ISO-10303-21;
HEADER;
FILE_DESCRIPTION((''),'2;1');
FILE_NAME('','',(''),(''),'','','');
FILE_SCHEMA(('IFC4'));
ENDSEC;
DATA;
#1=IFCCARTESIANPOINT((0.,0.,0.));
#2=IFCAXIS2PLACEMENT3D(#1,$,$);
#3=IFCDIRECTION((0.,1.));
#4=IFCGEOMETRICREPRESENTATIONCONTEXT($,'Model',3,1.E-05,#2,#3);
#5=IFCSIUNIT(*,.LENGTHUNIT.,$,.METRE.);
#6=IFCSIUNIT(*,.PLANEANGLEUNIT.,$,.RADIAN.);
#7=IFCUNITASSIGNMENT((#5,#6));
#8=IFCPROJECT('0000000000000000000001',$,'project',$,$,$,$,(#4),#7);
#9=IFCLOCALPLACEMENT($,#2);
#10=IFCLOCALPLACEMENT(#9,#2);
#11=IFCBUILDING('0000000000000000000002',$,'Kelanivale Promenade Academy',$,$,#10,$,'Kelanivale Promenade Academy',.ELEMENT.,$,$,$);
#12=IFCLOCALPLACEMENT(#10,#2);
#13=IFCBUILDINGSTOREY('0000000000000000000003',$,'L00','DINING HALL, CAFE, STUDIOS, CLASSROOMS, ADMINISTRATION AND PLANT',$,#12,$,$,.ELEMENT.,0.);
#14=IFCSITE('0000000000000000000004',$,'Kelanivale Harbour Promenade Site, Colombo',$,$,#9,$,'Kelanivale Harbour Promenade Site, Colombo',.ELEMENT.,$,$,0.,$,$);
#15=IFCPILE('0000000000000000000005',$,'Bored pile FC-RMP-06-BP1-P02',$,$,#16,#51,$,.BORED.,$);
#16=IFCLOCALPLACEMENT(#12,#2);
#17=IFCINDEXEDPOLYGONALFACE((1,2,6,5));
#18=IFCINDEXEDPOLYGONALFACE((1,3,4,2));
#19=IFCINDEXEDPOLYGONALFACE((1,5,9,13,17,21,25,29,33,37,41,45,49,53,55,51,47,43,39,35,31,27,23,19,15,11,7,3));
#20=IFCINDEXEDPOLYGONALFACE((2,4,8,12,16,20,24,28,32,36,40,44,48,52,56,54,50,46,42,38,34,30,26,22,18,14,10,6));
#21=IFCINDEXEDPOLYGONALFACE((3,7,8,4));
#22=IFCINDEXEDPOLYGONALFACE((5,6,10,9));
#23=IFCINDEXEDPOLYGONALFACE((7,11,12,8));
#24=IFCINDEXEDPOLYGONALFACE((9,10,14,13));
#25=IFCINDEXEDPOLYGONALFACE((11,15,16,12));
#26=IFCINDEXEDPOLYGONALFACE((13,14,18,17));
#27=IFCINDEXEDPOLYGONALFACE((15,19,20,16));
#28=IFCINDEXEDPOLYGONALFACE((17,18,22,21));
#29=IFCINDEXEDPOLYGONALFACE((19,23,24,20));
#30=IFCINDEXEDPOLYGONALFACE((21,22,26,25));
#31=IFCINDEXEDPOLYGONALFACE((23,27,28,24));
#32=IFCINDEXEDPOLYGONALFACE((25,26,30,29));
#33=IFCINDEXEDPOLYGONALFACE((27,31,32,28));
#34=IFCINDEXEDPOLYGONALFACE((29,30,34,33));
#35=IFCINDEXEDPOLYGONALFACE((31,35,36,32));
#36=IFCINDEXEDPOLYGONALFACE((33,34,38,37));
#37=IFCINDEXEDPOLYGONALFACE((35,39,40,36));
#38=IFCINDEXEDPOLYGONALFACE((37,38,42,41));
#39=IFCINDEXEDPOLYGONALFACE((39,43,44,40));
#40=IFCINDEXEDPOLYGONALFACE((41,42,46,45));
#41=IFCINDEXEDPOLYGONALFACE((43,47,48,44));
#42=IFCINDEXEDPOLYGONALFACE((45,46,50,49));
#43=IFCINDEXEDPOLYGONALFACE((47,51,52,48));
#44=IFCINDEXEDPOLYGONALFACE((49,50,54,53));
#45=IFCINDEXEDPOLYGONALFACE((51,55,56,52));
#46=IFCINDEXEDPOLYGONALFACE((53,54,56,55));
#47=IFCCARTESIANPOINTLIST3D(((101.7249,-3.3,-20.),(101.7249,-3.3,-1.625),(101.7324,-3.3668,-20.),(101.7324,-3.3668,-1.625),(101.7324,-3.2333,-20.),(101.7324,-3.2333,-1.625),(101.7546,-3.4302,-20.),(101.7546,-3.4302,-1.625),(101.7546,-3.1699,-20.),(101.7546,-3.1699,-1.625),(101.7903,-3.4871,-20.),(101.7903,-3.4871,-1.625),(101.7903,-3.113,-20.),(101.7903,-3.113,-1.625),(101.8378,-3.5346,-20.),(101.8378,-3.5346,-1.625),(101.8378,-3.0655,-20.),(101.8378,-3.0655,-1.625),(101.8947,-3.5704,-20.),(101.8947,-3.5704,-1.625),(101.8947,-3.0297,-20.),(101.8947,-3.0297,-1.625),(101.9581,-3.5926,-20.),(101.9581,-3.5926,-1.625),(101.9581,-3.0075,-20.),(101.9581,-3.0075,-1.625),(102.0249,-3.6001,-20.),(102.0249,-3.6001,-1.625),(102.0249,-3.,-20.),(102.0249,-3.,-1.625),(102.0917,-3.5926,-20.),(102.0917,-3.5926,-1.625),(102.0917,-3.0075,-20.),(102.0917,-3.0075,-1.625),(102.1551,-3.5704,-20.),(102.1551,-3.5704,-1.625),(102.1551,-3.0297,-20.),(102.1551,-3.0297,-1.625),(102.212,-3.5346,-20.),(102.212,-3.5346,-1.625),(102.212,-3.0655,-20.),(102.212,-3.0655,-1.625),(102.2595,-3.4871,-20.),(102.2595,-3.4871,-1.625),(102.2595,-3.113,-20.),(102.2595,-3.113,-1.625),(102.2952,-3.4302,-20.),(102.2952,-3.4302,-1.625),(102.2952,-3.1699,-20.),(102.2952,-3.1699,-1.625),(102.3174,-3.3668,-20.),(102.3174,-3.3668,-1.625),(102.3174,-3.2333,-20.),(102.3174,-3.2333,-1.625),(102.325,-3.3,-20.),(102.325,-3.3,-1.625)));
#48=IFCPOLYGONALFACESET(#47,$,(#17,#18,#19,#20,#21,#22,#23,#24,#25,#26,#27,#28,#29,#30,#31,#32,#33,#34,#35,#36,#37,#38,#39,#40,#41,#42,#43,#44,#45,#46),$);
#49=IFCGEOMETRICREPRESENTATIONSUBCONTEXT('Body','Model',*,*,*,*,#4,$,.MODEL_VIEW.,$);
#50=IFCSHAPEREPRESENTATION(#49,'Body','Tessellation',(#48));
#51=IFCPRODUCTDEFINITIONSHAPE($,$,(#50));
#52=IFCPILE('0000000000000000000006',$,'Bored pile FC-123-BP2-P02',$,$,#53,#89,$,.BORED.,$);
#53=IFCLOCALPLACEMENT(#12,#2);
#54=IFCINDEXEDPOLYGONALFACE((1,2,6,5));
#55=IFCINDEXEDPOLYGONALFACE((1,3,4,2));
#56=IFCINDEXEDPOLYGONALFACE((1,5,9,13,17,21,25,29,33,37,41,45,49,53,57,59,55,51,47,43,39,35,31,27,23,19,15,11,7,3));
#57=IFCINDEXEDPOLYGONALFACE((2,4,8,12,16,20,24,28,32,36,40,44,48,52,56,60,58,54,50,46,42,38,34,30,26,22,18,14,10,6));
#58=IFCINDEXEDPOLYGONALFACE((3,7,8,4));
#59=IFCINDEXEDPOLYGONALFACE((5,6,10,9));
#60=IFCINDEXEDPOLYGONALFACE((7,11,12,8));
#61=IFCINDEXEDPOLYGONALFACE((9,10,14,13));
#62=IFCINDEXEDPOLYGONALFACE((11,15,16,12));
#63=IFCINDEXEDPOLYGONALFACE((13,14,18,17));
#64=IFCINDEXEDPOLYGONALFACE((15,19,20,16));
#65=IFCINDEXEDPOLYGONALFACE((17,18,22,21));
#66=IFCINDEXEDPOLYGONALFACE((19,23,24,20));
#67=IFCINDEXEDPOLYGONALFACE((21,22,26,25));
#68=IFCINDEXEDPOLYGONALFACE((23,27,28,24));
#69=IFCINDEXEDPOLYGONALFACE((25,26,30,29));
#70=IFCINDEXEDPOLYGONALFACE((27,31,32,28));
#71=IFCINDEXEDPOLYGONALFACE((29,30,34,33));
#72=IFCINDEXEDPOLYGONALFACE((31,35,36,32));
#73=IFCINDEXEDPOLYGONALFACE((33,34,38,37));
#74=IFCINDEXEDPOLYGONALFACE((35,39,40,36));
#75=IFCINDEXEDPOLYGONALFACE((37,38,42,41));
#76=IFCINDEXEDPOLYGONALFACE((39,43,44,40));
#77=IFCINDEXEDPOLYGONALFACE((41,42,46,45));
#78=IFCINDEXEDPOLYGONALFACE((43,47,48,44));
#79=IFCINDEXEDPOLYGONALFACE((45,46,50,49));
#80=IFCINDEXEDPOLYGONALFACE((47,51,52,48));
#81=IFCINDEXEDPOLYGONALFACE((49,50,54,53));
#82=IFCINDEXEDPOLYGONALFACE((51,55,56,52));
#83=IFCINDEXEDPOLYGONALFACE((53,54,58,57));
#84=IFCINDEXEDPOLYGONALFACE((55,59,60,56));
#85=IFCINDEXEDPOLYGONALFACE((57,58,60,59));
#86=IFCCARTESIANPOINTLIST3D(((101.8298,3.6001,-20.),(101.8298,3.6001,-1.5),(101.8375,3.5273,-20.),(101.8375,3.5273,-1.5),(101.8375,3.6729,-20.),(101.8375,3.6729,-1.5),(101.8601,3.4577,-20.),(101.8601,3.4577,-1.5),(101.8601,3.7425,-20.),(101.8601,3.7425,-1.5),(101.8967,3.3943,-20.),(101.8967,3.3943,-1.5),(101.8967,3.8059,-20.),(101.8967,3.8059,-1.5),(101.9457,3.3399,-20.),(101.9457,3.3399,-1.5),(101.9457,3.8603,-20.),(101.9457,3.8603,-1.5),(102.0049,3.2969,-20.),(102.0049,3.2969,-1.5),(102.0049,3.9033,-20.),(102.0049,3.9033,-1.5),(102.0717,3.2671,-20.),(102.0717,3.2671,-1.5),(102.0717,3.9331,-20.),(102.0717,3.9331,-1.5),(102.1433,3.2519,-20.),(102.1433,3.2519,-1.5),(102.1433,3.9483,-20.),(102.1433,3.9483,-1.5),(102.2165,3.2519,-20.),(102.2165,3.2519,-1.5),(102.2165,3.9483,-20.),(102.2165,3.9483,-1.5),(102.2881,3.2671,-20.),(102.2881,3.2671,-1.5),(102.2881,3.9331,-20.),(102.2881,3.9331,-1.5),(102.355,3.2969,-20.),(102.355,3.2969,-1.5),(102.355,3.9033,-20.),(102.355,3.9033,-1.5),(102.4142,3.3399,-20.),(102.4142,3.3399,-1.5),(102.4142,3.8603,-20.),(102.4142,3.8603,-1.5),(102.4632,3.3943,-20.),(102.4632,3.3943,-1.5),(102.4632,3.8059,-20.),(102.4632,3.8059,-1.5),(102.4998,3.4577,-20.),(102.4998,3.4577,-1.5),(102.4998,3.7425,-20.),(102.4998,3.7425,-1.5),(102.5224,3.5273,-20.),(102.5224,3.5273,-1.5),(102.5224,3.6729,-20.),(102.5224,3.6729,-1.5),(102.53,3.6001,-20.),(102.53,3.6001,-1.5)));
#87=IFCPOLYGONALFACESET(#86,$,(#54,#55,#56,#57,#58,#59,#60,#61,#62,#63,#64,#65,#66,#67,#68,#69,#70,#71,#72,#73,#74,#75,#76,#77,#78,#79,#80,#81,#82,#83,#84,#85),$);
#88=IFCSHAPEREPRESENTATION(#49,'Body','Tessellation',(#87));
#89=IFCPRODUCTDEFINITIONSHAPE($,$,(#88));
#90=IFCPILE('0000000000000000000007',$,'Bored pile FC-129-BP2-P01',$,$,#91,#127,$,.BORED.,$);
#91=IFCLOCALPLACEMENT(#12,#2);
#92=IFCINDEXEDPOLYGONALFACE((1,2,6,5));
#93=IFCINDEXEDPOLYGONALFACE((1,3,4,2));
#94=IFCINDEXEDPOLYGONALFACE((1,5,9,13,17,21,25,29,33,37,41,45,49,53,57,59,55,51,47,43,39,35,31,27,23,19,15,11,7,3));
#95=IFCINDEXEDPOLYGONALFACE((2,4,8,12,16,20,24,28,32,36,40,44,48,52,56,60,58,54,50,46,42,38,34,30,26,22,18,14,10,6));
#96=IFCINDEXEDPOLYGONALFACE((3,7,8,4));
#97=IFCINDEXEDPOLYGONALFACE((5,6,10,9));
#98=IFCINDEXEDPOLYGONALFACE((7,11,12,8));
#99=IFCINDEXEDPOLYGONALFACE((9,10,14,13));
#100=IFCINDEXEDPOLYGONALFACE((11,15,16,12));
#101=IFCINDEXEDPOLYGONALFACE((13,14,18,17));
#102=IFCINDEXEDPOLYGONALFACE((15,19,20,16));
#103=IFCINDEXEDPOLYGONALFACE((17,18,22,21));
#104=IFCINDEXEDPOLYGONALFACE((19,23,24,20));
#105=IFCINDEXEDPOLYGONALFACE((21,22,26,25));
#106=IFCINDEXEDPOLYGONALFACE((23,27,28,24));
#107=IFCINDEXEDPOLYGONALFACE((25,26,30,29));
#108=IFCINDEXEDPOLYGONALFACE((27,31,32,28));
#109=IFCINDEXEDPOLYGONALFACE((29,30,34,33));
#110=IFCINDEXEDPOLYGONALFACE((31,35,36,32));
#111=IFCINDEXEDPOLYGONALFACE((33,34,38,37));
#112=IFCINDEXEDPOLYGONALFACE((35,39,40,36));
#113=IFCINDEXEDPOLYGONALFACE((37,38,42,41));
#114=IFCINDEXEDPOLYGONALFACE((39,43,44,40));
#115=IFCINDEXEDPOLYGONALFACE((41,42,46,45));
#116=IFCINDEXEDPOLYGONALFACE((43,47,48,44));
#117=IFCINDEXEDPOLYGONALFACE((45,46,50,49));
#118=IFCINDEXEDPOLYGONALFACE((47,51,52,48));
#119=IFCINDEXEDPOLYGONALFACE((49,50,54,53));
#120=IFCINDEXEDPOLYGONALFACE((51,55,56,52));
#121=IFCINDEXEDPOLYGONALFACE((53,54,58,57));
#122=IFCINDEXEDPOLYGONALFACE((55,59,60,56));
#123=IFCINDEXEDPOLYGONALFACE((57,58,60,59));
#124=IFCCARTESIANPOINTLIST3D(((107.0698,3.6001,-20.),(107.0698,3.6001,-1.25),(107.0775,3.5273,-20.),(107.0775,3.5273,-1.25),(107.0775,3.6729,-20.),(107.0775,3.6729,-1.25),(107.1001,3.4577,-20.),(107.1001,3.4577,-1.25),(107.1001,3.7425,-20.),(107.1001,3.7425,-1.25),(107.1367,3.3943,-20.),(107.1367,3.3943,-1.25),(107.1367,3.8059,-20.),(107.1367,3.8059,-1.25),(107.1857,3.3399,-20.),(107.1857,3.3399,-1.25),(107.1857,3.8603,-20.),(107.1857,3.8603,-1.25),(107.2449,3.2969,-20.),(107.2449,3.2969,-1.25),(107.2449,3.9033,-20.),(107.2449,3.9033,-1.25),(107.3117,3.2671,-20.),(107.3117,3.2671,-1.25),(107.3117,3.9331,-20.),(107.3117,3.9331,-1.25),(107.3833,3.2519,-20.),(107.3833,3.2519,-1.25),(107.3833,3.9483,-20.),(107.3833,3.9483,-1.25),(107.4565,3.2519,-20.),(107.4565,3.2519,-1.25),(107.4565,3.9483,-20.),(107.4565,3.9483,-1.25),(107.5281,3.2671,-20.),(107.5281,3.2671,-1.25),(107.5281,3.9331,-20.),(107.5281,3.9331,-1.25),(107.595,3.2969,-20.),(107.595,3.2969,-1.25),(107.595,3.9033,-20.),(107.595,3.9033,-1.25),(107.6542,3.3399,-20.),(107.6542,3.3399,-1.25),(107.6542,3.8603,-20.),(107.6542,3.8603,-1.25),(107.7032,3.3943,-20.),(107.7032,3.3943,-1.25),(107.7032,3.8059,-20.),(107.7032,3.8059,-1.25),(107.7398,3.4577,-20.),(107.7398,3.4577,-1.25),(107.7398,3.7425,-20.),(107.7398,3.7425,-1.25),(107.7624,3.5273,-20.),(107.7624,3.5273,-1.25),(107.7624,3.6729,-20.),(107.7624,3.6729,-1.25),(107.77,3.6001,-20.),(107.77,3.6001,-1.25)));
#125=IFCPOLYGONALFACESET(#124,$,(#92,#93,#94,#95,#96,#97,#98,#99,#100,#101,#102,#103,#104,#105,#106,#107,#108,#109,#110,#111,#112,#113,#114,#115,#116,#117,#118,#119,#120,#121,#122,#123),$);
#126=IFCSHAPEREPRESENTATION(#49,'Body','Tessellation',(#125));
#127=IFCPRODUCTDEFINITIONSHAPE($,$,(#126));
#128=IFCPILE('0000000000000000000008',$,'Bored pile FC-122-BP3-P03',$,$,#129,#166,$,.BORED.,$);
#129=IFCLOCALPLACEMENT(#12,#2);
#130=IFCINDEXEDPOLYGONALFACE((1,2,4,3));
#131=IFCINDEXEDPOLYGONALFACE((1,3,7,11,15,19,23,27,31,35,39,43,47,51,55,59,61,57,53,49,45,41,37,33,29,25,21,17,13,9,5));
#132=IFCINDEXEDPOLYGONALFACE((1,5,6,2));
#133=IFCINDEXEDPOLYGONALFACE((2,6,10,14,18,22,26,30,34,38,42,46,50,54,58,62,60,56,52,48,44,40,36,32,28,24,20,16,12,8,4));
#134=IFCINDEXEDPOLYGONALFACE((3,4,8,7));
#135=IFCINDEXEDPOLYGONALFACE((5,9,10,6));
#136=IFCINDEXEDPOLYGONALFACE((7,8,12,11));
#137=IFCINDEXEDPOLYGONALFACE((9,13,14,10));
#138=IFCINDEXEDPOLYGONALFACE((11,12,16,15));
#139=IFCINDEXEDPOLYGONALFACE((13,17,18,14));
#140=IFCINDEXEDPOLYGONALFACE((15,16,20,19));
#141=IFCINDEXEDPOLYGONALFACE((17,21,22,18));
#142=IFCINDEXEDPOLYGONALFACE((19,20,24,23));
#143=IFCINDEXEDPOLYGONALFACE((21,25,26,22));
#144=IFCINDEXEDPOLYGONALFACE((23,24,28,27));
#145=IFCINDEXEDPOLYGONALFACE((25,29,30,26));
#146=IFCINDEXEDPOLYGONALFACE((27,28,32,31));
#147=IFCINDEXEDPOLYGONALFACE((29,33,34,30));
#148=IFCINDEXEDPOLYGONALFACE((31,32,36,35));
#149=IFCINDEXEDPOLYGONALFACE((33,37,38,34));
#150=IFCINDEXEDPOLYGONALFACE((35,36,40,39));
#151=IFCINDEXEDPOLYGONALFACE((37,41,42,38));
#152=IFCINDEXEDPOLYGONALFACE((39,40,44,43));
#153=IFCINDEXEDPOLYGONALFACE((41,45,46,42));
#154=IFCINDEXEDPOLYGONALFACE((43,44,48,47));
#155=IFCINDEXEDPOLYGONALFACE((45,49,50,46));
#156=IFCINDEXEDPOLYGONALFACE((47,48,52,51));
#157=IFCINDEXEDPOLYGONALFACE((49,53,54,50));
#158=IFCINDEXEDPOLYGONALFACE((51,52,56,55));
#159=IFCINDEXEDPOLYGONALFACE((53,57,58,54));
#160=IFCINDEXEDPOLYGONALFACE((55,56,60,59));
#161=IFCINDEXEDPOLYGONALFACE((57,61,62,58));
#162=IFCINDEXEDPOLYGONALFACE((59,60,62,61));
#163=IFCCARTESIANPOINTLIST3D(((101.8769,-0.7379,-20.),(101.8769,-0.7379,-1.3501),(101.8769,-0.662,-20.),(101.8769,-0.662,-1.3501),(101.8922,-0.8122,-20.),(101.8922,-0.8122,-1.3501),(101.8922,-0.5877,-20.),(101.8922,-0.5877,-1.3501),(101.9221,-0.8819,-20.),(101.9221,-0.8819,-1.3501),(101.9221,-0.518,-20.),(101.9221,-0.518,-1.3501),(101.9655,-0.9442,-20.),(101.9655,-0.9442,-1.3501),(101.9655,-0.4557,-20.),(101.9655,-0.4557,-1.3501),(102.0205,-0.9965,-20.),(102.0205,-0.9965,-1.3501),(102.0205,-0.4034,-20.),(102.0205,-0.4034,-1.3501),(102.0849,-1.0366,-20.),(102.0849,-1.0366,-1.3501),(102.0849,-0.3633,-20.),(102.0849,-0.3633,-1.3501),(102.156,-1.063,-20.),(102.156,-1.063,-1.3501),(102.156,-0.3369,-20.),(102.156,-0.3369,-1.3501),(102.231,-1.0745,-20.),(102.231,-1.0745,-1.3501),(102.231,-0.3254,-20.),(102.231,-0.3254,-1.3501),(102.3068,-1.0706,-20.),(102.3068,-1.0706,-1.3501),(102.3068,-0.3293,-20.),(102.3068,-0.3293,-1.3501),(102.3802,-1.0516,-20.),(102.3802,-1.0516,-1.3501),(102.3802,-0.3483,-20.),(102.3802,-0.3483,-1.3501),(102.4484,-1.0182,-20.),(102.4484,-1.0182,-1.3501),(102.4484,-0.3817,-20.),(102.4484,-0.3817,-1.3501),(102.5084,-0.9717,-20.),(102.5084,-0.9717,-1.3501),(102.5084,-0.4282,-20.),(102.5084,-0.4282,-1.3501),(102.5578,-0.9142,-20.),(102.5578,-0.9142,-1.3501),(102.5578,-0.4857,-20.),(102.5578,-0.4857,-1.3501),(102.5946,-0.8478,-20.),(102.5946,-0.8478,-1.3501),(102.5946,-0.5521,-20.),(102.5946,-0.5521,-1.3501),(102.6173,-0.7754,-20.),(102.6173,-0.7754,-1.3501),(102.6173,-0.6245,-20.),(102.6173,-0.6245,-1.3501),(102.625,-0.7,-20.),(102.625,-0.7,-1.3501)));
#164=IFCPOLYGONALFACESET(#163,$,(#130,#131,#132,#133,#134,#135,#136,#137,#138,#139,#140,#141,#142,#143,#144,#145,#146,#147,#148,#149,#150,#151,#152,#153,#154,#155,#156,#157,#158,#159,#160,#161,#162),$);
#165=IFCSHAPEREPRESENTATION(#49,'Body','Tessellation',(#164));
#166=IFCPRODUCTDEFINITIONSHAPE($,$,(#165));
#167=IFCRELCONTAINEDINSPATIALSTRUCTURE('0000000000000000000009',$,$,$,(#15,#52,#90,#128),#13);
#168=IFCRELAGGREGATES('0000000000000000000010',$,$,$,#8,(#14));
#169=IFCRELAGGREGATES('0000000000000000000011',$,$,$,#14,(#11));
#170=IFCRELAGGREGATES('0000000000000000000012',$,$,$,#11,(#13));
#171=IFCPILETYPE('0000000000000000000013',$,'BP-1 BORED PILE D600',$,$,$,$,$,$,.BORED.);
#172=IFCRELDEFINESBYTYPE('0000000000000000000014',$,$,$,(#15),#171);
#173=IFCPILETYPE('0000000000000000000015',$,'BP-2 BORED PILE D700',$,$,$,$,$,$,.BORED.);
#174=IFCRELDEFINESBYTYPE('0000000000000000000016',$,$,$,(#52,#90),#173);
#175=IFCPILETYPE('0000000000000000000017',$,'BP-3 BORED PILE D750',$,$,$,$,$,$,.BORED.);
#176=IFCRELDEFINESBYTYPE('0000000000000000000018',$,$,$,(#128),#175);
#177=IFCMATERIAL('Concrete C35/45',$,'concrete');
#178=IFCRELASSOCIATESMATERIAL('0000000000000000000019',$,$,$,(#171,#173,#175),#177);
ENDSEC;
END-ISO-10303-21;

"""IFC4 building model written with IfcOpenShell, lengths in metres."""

from ifc_helpers import new_model, si_unit, direction, frame, origin, origin_2d, place, context, subcontext, project, spatial, circle, extrude, material, material_profile, profile_set, type_object, element, save


model = new_model("IFC4")

# Units and contexts
model_context = context("Model", 3, precision=1e-05, world=origin(), true_north=direction((0.0, 1.0)))
body_context = subcontext(model_context, "Body", "Model", "MODEL_VIEW")
ifc_project = project(units=[si_unit("LENGTHUNIT", "METRE"), si_unit("PLANEANGLEUNIT", "RADIAN")], contexts=[model_context])

# Site, building, storey
site_placement = place(None, origin())
site = spatial("IfcSite", under=ifc_project, at=site_placement, Name="Kelanivale Harbour Promenade Site, Colombo", LongName="Kelanivale Harbour Promenade Site, Colombo", CompositionType="ELEMENT", RefElevation=0.0)
building_placement = place(site_placement, origin())
building = spatial("IfcBuilding", under=site, at=building_placement, Name="Kelanivale Promenade Academy", LongName="Kelanivale Promenade Academy", CompositionType="ELEMENT")
storey_placement = place(building_placement, origin())
storey = spatial("IfcBuildingStorey", under=building, at=storey_placement, Name="L00", Description="DINING HALL, CAFE, STUDIOS, CLASSROOMS, ADMINISTRATION AND PLANT", CompositionType="ELEMENT", Elevation=0.0)

# Piles
ifc_material_1 = material(Name="Concrete C35/45", Category="concrete")
ifc_material_profile_1 = material_profile(ifc_material_1, circle(Radius=0.3, at=origin_2d()), Name="BORED PILE D600")
ifc_profile_set_1 = profile_set([ifc_material_profile_1], Name="Concrete C35/45")
pile_type_1 = type_object("IfcPileType", Name="BP-1 BORED PILE D600", PredefinedType="BORED", material=ifc_profile_set_1)
pile_1_placement = place(storey_placement, frame((102.0249, -3.3, -1.625), z_axis=(0.0, 0.0, -1.0), x_axis=(1.0, 0.0, 0.0)))
element("IfcPile", 1, at=pile_1_placement, inside=storey, type_object=pile_type_1, Name="Bored pile FC-RMP-06-BP1-P02", PredefinedType="BORED", context=body_context, shape_type="SweptSolid", body=[
    extrude(circle(Radius=0.3, at=origin_2d()), origin(), (0.0, 0.0, 1.0), 18.375),
])
ifc_material_profile_2 = material_profile(ifc_material_1, circle(Radius=0.3501, at=origin_2d()), Name="BORED PILE D700")
ifc_profile_set_2 = profile_set([ifc_material_profile_2], Name="Concrete C35/45")
pile_type_2 = type_object("IfcPileType", Name="BP-2 BORED PILE D700", PredefinedType="BORED", material=ifc_profile_set_2)
pile_2_placement = place(storey_placement, frame((102.1799, 3.6001, -1.5), z_axis=(0.0, 0.0, -1.0), x_axis=(1.0, 0.0, 0.0)))
element("IfcPile", 2, at=pile_2_placement, inside=storey, type_object=pile_type_2, Name="Bored pile FC-123-BP2-P02", PredefinedType="BORED", context=body_context, shape_type="SweptSolid", body=[
    extrude(circle(Radius=0.3501, at=origin_2d()), origin(), (0.0, 0.0, 1.0), 18.5),
])
pile_3_placement = place(storey_placement, frame((107.4199, 3.6001, -1.25), z_axis=(0.0, 0.0, -1.0), x_axis=(1.0, 0.0, 0.0)))
element("IfcPile", 3, at=pile_3_placement, inside=storey, type_object=pile_type_2, Name="Bored pile FC-129-BP2-P01", PredefinedType="BORED", context=body_context, shape_type="SweptSolid", body=[
    extrude(circle(Radius=0.3501, at=origin_2d()), origin(), (0.0, 0.0, 1.0), 18.75),
])
ifc_material_profile_3 = material_profile(ifc_material_1, circle(Radius=0.375, at=origin_2d()), Name="BORED PILE D750")
ifc_profile_set_3 = profile_set([ifc_material_profile_3], Name="Concrete C35/45")
pile_type_3 = type_object("IfcPileType", Name="BP-3 BORED PILE D750", PredefinedType="BORED", material=ifc_profile_set_3)
for number, where, z_axis, x_axis, name in (
    (4, (102.25, -0.7, -1.3501), (0.0, 0.0, -1.0), (1.0, 0.0, 0.0), "Bored pile FC-122-BP3-P03"),
):
    element("IfcPile", number, at=place(storey_placement, frame(where, z_axis=z_axis, x_axis=x_axis)), inside=storey, type_object=pile_type_3, Name=name, PredefinedType="BORED", context=body_context, shape_type="SweptSolid", body=[
        extrude(circle(Radius=0.375, at=origin_2d()), origin(), (0.0, 0.0, 1.0), 18.6499),
    ])

save(model, "model.ifc")
